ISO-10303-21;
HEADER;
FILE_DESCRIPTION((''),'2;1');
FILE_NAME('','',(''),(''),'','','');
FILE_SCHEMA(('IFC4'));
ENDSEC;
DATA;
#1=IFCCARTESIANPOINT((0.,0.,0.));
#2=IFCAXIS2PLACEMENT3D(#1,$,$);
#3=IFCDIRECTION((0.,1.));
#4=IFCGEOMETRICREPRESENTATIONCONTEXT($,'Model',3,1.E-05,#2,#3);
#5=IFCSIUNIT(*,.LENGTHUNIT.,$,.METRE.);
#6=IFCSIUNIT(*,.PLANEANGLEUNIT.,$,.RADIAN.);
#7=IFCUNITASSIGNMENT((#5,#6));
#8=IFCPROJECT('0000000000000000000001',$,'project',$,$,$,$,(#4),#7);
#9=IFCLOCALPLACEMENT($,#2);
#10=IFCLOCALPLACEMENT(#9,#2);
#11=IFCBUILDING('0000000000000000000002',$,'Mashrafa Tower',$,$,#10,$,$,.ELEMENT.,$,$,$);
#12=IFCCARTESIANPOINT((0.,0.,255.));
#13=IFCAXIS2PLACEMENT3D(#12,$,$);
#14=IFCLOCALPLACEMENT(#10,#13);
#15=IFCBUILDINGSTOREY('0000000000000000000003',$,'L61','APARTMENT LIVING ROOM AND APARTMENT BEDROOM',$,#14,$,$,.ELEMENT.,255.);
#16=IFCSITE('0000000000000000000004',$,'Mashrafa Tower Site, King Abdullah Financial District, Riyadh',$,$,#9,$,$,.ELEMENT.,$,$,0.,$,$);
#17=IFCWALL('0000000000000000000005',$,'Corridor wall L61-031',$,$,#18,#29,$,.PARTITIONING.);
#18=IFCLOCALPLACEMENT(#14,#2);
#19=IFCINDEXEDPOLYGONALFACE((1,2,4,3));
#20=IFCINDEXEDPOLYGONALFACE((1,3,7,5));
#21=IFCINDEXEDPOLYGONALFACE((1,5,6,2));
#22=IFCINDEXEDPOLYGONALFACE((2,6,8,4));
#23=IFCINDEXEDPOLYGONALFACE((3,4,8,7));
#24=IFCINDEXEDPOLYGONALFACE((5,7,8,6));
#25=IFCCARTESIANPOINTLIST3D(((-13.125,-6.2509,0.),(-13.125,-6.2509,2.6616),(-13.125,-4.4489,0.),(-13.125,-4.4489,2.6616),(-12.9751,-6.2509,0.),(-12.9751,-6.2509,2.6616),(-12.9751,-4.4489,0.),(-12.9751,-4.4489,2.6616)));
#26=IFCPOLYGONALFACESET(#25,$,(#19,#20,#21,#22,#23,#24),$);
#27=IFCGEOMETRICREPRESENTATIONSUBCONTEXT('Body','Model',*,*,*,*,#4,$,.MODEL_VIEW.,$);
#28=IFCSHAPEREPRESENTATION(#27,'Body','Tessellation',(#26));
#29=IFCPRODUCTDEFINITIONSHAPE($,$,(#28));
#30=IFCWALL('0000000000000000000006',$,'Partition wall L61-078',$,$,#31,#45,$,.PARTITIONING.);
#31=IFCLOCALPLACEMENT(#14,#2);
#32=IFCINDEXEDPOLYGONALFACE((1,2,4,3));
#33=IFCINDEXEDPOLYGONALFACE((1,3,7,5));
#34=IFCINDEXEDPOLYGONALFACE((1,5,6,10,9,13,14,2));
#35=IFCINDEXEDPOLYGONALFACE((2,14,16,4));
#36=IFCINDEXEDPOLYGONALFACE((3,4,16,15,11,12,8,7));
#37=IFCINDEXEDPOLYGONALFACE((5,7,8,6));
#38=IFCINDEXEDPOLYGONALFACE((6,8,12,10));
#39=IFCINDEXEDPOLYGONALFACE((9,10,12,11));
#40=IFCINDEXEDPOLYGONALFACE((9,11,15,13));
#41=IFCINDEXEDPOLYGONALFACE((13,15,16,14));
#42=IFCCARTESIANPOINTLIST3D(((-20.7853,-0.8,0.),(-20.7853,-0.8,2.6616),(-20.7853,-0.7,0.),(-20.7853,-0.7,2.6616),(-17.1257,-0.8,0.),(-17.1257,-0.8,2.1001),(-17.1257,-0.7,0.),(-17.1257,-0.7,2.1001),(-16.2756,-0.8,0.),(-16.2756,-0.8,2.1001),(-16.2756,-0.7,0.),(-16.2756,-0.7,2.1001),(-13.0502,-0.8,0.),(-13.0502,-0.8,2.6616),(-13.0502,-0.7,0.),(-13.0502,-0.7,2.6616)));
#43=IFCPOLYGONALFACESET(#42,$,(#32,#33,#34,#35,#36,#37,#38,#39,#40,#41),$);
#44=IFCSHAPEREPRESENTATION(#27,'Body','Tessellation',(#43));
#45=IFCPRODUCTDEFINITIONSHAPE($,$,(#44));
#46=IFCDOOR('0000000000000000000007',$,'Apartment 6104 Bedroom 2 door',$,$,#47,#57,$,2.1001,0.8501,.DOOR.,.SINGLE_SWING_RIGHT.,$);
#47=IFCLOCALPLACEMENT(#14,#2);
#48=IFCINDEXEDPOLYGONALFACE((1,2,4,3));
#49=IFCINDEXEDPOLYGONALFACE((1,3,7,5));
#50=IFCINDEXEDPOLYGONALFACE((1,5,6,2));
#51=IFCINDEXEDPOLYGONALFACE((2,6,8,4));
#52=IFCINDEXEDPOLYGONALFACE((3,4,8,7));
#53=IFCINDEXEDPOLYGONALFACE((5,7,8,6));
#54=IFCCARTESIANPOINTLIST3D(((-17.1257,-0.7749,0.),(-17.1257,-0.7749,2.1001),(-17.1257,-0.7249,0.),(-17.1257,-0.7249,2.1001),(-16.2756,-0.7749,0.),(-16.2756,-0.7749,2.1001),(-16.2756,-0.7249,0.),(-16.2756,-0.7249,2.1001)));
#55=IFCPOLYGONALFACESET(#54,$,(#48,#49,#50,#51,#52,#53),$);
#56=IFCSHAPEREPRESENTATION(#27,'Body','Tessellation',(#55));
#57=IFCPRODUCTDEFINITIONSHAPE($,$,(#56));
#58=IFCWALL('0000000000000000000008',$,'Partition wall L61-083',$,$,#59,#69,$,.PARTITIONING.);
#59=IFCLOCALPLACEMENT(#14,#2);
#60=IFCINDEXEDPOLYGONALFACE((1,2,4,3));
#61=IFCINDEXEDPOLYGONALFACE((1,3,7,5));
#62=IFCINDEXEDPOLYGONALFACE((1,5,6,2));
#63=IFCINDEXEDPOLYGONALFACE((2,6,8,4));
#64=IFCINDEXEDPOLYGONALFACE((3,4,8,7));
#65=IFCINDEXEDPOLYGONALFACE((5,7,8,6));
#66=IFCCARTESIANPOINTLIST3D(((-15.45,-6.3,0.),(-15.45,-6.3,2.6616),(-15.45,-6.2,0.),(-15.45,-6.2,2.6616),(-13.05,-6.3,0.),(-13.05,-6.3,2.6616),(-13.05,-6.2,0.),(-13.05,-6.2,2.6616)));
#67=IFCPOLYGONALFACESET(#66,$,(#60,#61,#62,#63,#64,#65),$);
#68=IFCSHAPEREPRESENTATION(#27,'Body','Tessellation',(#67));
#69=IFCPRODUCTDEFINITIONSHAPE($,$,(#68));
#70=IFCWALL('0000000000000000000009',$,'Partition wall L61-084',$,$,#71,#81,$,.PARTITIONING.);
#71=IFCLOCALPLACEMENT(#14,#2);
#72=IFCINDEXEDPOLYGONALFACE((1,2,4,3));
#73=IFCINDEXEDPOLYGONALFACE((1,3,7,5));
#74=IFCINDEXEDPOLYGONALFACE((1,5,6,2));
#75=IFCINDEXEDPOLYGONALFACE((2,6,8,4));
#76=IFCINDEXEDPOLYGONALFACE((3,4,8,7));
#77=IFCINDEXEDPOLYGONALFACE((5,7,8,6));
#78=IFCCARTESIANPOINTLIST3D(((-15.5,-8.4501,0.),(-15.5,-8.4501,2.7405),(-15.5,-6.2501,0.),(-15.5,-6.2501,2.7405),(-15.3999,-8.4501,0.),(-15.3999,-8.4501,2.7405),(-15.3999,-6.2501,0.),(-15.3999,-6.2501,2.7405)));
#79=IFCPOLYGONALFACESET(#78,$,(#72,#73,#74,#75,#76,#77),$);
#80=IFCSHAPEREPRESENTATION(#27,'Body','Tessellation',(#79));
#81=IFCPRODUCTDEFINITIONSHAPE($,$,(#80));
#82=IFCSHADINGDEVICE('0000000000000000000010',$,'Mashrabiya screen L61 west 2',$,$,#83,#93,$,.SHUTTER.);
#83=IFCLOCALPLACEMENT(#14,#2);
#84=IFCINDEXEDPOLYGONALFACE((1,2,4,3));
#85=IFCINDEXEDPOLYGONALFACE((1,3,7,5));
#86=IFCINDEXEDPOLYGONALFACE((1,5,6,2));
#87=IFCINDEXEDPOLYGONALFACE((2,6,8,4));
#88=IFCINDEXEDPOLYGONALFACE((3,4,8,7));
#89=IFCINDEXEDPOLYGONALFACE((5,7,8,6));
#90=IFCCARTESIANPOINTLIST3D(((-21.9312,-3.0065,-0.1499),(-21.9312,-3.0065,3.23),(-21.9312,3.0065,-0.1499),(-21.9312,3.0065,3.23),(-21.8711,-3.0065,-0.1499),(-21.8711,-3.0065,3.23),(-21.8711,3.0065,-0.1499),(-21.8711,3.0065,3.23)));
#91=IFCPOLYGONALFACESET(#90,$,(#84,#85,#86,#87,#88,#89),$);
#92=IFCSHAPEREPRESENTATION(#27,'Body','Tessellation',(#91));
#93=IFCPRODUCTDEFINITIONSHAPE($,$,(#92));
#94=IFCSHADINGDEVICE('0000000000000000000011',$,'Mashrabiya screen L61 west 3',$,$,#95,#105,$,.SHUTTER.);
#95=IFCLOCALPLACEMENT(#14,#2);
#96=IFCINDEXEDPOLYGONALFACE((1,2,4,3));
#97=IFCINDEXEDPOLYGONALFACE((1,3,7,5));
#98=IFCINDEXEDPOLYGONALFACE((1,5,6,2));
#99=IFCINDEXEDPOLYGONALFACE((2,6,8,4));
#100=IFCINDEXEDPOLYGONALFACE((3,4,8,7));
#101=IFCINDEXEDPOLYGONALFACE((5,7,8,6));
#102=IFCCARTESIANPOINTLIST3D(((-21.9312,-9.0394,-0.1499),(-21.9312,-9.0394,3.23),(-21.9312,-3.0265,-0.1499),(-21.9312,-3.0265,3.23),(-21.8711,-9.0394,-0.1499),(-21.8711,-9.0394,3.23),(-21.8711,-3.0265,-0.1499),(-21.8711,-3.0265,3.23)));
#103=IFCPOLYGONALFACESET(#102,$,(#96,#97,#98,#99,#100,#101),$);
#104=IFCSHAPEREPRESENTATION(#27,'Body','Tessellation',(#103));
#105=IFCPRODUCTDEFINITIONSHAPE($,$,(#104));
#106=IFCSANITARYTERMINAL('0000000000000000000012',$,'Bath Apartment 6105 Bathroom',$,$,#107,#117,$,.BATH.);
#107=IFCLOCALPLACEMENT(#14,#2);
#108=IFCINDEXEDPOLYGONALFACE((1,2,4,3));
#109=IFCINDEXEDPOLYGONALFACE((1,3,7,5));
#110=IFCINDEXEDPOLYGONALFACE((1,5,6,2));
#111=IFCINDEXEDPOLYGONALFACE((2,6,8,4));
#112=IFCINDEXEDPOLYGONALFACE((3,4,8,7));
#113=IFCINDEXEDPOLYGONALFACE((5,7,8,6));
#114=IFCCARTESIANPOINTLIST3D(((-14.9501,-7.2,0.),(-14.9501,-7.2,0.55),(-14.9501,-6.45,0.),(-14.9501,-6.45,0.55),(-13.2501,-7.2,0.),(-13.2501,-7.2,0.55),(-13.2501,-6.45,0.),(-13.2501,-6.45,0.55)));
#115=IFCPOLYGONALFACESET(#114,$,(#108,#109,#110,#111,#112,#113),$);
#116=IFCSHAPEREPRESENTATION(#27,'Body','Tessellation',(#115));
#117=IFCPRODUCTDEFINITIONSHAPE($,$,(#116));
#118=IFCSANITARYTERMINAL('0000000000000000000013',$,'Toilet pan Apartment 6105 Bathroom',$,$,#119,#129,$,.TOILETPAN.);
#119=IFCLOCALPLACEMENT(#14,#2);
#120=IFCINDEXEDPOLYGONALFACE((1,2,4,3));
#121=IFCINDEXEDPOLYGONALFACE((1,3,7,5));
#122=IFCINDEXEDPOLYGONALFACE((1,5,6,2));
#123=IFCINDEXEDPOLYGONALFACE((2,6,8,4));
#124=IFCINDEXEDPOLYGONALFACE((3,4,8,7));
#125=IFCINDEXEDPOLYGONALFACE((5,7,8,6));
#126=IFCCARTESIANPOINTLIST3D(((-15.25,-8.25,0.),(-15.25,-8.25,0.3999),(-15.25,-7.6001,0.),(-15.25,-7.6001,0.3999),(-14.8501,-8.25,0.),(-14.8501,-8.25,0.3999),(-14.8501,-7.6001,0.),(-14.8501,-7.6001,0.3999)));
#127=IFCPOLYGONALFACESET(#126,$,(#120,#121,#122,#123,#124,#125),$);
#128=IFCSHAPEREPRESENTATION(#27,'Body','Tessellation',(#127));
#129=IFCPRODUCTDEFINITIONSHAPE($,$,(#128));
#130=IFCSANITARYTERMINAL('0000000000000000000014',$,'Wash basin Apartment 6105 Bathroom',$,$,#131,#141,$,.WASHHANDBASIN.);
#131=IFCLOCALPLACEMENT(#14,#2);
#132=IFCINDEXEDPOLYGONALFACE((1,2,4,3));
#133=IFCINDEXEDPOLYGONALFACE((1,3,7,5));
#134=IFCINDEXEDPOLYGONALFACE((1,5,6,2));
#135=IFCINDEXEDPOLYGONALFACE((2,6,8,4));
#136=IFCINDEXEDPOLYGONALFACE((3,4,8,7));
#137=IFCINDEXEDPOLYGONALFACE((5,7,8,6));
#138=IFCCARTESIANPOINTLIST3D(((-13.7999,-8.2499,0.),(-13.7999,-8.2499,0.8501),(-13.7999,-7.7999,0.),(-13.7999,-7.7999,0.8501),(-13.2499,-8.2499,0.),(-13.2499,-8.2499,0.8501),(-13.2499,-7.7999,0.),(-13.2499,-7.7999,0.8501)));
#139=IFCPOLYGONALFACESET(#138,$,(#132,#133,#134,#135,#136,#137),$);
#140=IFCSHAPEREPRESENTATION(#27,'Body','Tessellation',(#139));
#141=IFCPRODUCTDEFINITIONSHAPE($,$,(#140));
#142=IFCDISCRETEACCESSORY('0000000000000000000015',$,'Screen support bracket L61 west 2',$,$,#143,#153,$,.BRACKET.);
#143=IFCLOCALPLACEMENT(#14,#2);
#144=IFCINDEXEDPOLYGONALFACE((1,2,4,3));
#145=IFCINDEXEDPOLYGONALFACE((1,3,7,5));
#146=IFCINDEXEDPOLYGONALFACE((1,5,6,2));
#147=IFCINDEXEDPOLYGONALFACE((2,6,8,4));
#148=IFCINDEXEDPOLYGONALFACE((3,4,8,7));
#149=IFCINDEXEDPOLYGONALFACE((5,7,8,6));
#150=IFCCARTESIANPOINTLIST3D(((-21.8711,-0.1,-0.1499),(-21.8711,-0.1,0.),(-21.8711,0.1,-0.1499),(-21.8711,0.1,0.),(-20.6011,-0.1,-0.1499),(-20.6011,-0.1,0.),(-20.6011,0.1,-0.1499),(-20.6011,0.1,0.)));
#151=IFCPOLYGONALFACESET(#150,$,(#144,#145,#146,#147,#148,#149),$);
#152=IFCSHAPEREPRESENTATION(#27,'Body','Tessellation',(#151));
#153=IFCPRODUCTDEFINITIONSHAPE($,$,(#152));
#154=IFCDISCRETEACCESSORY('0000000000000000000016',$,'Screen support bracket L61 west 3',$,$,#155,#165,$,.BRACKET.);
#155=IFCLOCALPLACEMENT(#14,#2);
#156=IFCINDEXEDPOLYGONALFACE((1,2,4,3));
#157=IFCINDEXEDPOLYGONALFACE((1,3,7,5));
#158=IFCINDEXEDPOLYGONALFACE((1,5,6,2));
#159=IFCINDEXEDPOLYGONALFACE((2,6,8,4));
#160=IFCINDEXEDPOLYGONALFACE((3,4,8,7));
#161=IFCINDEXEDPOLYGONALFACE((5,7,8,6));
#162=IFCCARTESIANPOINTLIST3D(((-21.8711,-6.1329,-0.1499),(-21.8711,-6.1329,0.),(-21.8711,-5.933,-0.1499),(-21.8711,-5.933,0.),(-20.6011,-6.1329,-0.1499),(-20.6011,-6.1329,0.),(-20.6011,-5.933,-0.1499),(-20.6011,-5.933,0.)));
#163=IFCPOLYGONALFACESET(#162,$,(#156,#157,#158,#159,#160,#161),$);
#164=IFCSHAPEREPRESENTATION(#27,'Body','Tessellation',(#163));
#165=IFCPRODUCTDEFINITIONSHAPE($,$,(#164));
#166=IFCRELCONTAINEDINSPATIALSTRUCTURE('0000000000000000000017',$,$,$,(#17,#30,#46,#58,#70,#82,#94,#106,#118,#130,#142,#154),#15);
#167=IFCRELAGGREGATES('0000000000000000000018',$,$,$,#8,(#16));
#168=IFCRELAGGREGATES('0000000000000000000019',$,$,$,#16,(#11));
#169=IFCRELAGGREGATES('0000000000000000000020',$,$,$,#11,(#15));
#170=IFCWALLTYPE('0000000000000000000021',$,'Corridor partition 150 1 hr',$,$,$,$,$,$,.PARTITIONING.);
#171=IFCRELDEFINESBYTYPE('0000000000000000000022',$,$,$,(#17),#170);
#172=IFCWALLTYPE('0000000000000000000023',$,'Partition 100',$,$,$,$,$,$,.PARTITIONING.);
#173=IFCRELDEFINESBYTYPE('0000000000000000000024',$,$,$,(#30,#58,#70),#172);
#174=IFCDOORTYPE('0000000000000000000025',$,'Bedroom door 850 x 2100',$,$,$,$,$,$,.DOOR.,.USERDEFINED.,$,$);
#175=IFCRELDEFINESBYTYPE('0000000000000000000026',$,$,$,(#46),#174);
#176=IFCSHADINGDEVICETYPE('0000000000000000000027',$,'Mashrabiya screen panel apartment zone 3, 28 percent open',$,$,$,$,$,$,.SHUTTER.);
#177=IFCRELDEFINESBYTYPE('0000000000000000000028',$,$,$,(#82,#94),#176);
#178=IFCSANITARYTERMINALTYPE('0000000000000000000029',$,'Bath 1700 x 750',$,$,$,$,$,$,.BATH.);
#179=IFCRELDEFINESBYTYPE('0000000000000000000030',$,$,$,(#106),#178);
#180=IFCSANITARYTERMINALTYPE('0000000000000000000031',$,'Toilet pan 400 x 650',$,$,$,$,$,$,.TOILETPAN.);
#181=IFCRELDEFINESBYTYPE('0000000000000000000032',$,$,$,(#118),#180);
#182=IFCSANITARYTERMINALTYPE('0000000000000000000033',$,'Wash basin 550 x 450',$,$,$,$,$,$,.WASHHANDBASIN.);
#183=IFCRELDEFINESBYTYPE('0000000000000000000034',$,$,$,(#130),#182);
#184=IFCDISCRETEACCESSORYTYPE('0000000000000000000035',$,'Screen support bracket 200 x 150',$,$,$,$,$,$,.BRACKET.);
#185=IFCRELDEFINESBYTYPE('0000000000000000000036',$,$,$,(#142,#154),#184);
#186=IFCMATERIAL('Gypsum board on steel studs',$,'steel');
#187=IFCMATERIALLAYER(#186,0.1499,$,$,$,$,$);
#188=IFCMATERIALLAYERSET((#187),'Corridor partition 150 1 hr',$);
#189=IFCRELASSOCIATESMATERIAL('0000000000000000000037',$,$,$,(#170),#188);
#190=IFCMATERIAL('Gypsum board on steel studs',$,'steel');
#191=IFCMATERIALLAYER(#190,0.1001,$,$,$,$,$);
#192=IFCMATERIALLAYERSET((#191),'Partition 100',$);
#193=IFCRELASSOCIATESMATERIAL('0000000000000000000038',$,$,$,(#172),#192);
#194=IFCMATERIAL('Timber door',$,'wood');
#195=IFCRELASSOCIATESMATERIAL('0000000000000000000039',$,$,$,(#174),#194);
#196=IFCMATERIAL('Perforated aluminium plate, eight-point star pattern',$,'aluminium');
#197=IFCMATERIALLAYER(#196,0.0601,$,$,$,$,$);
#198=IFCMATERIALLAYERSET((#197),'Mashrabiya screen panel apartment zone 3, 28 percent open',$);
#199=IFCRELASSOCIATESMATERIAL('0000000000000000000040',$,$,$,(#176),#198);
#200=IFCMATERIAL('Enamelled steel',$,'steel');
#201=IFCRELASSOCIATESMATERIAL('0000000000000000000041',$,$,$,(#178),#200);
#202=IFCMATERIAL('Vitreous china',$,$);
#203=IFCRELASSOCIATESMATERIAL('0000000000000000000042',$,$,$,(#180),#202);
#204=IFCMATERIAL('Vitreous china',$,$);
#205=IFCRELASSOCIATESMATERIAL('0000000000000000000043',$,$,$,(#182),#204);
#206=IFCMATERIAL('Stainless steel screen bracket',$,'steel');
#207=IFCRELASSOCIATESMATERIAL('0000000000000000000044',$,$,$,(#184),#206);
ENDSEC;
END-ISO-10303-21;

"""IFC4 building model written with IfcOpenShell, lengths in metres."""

from ifc_helpers import new_model, si_unit, direction, frame, frame_2d, origin, origin_2d, place, context, subcontext, project, spatial, rectangle, extrude, source, transform, mapped, material, layer, layer_set, type_object, type_shapes, element, fill, save


model = new_model("IFC4")

# Units and contexts
model_context = context("Model", 3, precision=1e-05, world=origin(), true_north=direction((0.0, 1.0)))
body_context = subcontext(model_context, "Body", "Model", "MODEL_VIEW")
ifc_project = project(units=[si_unit("LENGTHUNIT", "METRE"), si_unit("PLANEANGLEUNIT", "RADIAN")], contexts=[model_context])

# Site, building, storey
site_placement = place(None, origin())
site = spatial("IfcSite", under=ifc_project, at=site_placement, Name="Mashrafa Tower Site, King Abdullah Financial District, Riyadh", CompositionType="ELEMENT", RefElevation=0.0)
building_placement = place(site_placement, origin())
building = spatial("IfcBuilding", under=site, at=building_placement, Name="Mashrafa Tower", CompositionType="ELEMENT")
storey_placement = place(building_placement, frame((0.0, 0.0, 255.0)))
storey = spatial("IfcBuildingStorey", under=building, at=storey_placement, Name="L61", Description="APARTMENT LIVING ROOM AND APARTMENT BEDROOM", CompositionType="ELEMENT", Elevation=255.0)

# Wall
ifc_material_1 = material(Name="Gypsum board on steel studs", Category="steel")
ifc_layer_1 = layer(ifc_material_1, 0.1499)
ifc_layer_set_1 = layer_set([ifc_layer_1], Name="Corridor partition 150 1 hr")
wall_type_1 = type_object("IfcWallType", Name="Corridor partition 150 1 hr", PredefinedType="PARTITIONING", material=ifc_layer_set_1)
wall_1_placement = place(storey_placement, frame((-13.05, -4.449, 0.0), z_axis=(0.0, 0.0, 1.0), x_axis=(0.0, -1.0, 0.0)))
element("IfcWall", 1, at=wall_1_placement, inside=storey, type_object=wall_type_1, Name="Corridor wall L61-031", PredefinedType="PARTITIONING", context=body_context, shape_type="SweptSolid", body=[
    extrude(rectangle(XDim=1.802, YDim=0.1499, at=frame_2d((0.9009, 0.0))), origin(), (0.0, 0.0, 1.0), 2.6616),
])

# Wall, opening, door
ifc_material_2 = material(Name="Gypsum board on steel studs", Category="steel")
ifc_layer_2 = layer(ifc_material_2, 0.1001)
ifc_layer_set_2 = layer_set([ifc_layer_2], Name="Partition 100")
wall_type_2 = type_object("IfcWallType", Name="Partition 100", PredefinedType="PARTITIONING", material=ifc_layer_set_2)
wall_2_placement = place(storey_placement, frame((-13.05, -0.75, 0.0), z_axis=(0.0, 0.0, 1.0), x_axis=(-1.0, 0.0, 0.0)))
wall_2 = element("IfcWall", 2, at=wall_2_placement, inside=storey, type_object=wall_type_2, Name="Partition wall L61-078", PredefinedType="PARTITIONING", context=body_context, shape_type="SweptSolid", body=[
    extrude(rectangle(XDim=7.7351, YDim=0.1001, at=frame_2d((3.8677, 0.0))), origin(), (0.0, 0.0, 1.0), 2.6616),
])
opening_placement = place(wall_2_placement, frame((3.2256, 0.0, 0.0)))
opening = element("IfcOpeningElement", 3, at=opening_placement, cuts=wall_2, PredefinedType="OPENING", context=body_context, shape_type="SweptSolid", body=[
    extrude(rectangle(XDim=0.8501, YDim=2.1001, at=frame_2d((0.425, 1.05))), frame((0.0, 0.0601, 0.0), z_axis=(0.0, -1.0, 0.0), x_axis=(1.0, 0.0, 0.0)), (0.0, 0.0, 1.0), 0.1201),
])
ifc_material_3 = material(Name="Timber door", Category="wood")
door_type = type_object("IfcDoorType", Name="Bedroom door 850 x 2100", OperationType="USERDEFINED", PredefinedType="DOOR", material=ifc_material_3)
door_placement = place(opening_placement, origin())
door = element("IfcDoor", 4, at=door_placement, inside=storey, type_object=door_type, Name="Apartment 6104 Bedroom 2 door", OperationType="SINGLE_SWING_RIGHT", OverallHeight=2.1001, OverallWidth=0.8501, PredefinedType="DOOR", context=body_context, shape_type="SweptSolid", body=[
    extrude(rectangle(XDim=0.8501, YDim=2.1001, at=frame_2d((0.425, 1.05))), frame((0.0, 0.0249, 0.0), z_axis=(0.0, -1.0, 0.0), x_axis=(1.0, 0.0, 0.0)), (0.0, 0.0, 1.0), 0.05),
])
fill(opening, door)

# Walls
wall_3_placement = place(storey_placement, frame((-13.05, -6.25, 0.0), z_axis=(0.0, 0.0, 1.0), x_axis=(-1.0, 0.0, 0.0)))
element("IfcWall", 5, at=wall_3_placement, inside=storey, type_object=wall_type_2, Name="Partition wall L61-083", PredefinedType="PARTITIONING", context=body_context, shape_type="SweptSolid", body=[
    extrude(rectangle(XDim=2.3999, YDim=0.1001, at=frame_2d((1.2, 0.0))), origin(), (0.0, 0.0, 1.0), 2.6616),
])
wall_4_placement = place(storey_placement, frame((-15.45, -6.25, 0.0), z_axis=(0.0, 0.0, 1.0), x_axis=(0.0, -1.0, 0.0)))
element("IfcWall", 6, at=wall_4_placement, inside=storey, type_object=wall_type_2, Name="Partition wall L61-084", PredefinedType="PARTITIONING", context=body_context, shape_type="SweptSolid", body=[
    extrude(rectangle(XDim=2.2, YDim=0.1001, at=frame_2d((1.1001, 0.0))), origin(), (0.0, 0.0, 1.0), 2.7405),
])

# Shading devices
ifc_material_4 = material(Name="Perforated aluminium plate, eight-point star pattern", Category="aluminium")
ifc_layer_3 = layer(ifc_material_4, 0.0601)
ifc_layer_set_3 = layer_set([ifc_layer_3], Name="Mashrabiya screen panel apartment zone 3, 28 percent open")
shading_device_type = type_object("IfcShadingDeviceType", Name="Mashrabiya screen panel apartment zone 3, 28 percent open", PredefinedType="SHUTTER", material=ifc_layer_set_3)
shared_shape_1 = source(origin(), body_context, "Body", "SweptSolid", [
    extrude(rectangle(XDim=6.0129, YDim=0.0601, at=origin_2d()), origin(), (0.0, 0.0, 1.0), 3.3799),
])
type_shapes(shading_device_type, [shared_shape_1])
for number, where, z_axis, x_axis, name in (
    (7, (-21.9011, 0.0, -0.1499), (0.0, 0.0, 1.0), (0.0, -1.0, 0.0), "Mashrabiya screen L61 west 2"),
    (8, (-21.9011, -6.033, -0.1499), (0.0, 0.0, 1.0), (0.0, -1.0, 0.0), "Mashrabiya screen L61 west 3"),
):
    element("IfcShadingDevice", number, at=place(storey_placement, frame(where, z_axis=z_axis, x_axis=x_axis)), inside=storey, type_object=shading_device_type, Name=name, PredefinedType="SHUTTER", context=body_context, shape_type="MappedRepresentation", body=[
        mapped(shared_shape_1, transform((0.0, 0.0, 0.0))),
    ])

# Sanitary terminals
ifc_material_5 = material(Name="Enamelled steel", Category="steel")
sanitary_terminal_type_1 = type_object("IfcSanitaryTerminalType", Name="Bath 1700 x 750", PredefinedType="BATH", material=ifc_material_5)
sanitary_terminal_1_placement = place(storey_placement, frame((-14.1001, -6.825, 0.0), z_axis=(0.0, 0.0, 1.0), x_axis=(-1.0, 0.0, 0.0)))
element("IfcSanitaryTerminal", 9, at=sanitary_terminal_1_placement, inside=storey, type_object=sanitary_terminal_type_1, Name="Bath Apartment 6105 Bathroom", PredefinedType="BATH", context=body_context, shape_type="SweptSolid", body=[
    extrude(rectangle(XDim=1.7, YDim=0.75, at=origin_2d()), origin(), (0.0, 0.0, 1.0), 0.55),
])
ifc_material_6 = material(Name="Vitreous china")
sanitary_terminal_type_2 = type_object("IfcSanitaryTerminalType", Name="Toilet pan 400 x 650", PredefinedType="TOILETPAN", material=ifc_material_6)
sanitary_terminal_2_placement = place(storey_placement, frame((-15.05, -7.925, 0.0), z_axis=(0.0, 0.0, 1.0), x_axis=(1.0, 0.0, 0.0)))
element("IfcSanitaryTerminal", 10, at=sanitary_terminal_2_placement, inside=storey, type_object=sanitary_terminal_type_2, Name="Toilet pan Apartment 6105 Bathroom", PredefinedType="TOILETPAN", context=body_context, shape_type="SweptSolid", body=[
    extrude(rectangle(XDim=0.3999, YDim=0.6499, at=origin_2d()), origin(), (0.0, 0.0, 1.0), 0.3999),
])
ifc_material_7 = material(Name="Vitreous china")
sanitary_terminal_type_3 = type_object("IfcSanitaryTerminalType", Name="Wash basin 550 x 450", PredefinedType="WASHHANDBASIN", material=ifc_material_7)
sanitary_terminal_3_placement = place(storey_placement, frame((-13.5249, -8.0249, 0.0), z_axis=(0.0, 0.0, 1.0), x_axis=(1.0, 0.0, 0.0)))
element("IfcSanitaryTerminal", 11, at=sanitary_terminal_3_placement, inside=storey, type_object=sanitary_terminal_type_3, Name="Wash basin Apartment 6105 Bathroom", PredefinedType="WASHHANDBASIN", context=body_context, shape_type="SweptSolid", body=[
    extrude(rectangle(XDim=0.55, YDim=0.45, at=origin_2d()), origin(), (0.0, 0.0, 1.0), 0.8501),
])

# Discrete accessories
ifc_material_8 = material(Name="Stainless steel screen bracket", Category="steel")
discrete_accessory_type = type_object("IfcDiscreteAccessoryType", Name="Screen support bracket 200 x 150", PredefinedType="BRACKET", material=ifc_material_8)
shared_shape_2 = source(origin(), body_context, "Body", "SweptSolid", [
    extrude(rectangle(XDim=0.2, YDim=1.27, at=origin_2d()), origin(), (0.0, 0.0, 1.0), 0.1499),
])
type_shapes(discrete_accessory_type, [shared_shape_2])
for number, where, z_axis, x_axis, name in (
    (12, (-21.2361, 0.0, -0.1499), (0.0, 0.0, 1.0), (0.0, -1.0, 0.0), "Screen support bracket L61 west 2"),
    (13, (-21.2361, -6.033, -0.1499), (0.0, 0.0, 1.0), (0.0, -1.0, 0.0), "Screen support bracket L61 west 3"),
):
    element("IfcDiscreteAccessory", number, at=place(storey_placement, frame(where, z_axis=z_axis, x_axis=x_axis)), inside=storey, type_object=discrete_accessory_type, Name=name, PredefinedType="BRACKET", context=body_context, shape_type="MappedRepresentation", body=[
        mapped(shared_shape_2, transform((0.0, 0.0, 0.0))),
    ])

save(model, "model.ifc")
